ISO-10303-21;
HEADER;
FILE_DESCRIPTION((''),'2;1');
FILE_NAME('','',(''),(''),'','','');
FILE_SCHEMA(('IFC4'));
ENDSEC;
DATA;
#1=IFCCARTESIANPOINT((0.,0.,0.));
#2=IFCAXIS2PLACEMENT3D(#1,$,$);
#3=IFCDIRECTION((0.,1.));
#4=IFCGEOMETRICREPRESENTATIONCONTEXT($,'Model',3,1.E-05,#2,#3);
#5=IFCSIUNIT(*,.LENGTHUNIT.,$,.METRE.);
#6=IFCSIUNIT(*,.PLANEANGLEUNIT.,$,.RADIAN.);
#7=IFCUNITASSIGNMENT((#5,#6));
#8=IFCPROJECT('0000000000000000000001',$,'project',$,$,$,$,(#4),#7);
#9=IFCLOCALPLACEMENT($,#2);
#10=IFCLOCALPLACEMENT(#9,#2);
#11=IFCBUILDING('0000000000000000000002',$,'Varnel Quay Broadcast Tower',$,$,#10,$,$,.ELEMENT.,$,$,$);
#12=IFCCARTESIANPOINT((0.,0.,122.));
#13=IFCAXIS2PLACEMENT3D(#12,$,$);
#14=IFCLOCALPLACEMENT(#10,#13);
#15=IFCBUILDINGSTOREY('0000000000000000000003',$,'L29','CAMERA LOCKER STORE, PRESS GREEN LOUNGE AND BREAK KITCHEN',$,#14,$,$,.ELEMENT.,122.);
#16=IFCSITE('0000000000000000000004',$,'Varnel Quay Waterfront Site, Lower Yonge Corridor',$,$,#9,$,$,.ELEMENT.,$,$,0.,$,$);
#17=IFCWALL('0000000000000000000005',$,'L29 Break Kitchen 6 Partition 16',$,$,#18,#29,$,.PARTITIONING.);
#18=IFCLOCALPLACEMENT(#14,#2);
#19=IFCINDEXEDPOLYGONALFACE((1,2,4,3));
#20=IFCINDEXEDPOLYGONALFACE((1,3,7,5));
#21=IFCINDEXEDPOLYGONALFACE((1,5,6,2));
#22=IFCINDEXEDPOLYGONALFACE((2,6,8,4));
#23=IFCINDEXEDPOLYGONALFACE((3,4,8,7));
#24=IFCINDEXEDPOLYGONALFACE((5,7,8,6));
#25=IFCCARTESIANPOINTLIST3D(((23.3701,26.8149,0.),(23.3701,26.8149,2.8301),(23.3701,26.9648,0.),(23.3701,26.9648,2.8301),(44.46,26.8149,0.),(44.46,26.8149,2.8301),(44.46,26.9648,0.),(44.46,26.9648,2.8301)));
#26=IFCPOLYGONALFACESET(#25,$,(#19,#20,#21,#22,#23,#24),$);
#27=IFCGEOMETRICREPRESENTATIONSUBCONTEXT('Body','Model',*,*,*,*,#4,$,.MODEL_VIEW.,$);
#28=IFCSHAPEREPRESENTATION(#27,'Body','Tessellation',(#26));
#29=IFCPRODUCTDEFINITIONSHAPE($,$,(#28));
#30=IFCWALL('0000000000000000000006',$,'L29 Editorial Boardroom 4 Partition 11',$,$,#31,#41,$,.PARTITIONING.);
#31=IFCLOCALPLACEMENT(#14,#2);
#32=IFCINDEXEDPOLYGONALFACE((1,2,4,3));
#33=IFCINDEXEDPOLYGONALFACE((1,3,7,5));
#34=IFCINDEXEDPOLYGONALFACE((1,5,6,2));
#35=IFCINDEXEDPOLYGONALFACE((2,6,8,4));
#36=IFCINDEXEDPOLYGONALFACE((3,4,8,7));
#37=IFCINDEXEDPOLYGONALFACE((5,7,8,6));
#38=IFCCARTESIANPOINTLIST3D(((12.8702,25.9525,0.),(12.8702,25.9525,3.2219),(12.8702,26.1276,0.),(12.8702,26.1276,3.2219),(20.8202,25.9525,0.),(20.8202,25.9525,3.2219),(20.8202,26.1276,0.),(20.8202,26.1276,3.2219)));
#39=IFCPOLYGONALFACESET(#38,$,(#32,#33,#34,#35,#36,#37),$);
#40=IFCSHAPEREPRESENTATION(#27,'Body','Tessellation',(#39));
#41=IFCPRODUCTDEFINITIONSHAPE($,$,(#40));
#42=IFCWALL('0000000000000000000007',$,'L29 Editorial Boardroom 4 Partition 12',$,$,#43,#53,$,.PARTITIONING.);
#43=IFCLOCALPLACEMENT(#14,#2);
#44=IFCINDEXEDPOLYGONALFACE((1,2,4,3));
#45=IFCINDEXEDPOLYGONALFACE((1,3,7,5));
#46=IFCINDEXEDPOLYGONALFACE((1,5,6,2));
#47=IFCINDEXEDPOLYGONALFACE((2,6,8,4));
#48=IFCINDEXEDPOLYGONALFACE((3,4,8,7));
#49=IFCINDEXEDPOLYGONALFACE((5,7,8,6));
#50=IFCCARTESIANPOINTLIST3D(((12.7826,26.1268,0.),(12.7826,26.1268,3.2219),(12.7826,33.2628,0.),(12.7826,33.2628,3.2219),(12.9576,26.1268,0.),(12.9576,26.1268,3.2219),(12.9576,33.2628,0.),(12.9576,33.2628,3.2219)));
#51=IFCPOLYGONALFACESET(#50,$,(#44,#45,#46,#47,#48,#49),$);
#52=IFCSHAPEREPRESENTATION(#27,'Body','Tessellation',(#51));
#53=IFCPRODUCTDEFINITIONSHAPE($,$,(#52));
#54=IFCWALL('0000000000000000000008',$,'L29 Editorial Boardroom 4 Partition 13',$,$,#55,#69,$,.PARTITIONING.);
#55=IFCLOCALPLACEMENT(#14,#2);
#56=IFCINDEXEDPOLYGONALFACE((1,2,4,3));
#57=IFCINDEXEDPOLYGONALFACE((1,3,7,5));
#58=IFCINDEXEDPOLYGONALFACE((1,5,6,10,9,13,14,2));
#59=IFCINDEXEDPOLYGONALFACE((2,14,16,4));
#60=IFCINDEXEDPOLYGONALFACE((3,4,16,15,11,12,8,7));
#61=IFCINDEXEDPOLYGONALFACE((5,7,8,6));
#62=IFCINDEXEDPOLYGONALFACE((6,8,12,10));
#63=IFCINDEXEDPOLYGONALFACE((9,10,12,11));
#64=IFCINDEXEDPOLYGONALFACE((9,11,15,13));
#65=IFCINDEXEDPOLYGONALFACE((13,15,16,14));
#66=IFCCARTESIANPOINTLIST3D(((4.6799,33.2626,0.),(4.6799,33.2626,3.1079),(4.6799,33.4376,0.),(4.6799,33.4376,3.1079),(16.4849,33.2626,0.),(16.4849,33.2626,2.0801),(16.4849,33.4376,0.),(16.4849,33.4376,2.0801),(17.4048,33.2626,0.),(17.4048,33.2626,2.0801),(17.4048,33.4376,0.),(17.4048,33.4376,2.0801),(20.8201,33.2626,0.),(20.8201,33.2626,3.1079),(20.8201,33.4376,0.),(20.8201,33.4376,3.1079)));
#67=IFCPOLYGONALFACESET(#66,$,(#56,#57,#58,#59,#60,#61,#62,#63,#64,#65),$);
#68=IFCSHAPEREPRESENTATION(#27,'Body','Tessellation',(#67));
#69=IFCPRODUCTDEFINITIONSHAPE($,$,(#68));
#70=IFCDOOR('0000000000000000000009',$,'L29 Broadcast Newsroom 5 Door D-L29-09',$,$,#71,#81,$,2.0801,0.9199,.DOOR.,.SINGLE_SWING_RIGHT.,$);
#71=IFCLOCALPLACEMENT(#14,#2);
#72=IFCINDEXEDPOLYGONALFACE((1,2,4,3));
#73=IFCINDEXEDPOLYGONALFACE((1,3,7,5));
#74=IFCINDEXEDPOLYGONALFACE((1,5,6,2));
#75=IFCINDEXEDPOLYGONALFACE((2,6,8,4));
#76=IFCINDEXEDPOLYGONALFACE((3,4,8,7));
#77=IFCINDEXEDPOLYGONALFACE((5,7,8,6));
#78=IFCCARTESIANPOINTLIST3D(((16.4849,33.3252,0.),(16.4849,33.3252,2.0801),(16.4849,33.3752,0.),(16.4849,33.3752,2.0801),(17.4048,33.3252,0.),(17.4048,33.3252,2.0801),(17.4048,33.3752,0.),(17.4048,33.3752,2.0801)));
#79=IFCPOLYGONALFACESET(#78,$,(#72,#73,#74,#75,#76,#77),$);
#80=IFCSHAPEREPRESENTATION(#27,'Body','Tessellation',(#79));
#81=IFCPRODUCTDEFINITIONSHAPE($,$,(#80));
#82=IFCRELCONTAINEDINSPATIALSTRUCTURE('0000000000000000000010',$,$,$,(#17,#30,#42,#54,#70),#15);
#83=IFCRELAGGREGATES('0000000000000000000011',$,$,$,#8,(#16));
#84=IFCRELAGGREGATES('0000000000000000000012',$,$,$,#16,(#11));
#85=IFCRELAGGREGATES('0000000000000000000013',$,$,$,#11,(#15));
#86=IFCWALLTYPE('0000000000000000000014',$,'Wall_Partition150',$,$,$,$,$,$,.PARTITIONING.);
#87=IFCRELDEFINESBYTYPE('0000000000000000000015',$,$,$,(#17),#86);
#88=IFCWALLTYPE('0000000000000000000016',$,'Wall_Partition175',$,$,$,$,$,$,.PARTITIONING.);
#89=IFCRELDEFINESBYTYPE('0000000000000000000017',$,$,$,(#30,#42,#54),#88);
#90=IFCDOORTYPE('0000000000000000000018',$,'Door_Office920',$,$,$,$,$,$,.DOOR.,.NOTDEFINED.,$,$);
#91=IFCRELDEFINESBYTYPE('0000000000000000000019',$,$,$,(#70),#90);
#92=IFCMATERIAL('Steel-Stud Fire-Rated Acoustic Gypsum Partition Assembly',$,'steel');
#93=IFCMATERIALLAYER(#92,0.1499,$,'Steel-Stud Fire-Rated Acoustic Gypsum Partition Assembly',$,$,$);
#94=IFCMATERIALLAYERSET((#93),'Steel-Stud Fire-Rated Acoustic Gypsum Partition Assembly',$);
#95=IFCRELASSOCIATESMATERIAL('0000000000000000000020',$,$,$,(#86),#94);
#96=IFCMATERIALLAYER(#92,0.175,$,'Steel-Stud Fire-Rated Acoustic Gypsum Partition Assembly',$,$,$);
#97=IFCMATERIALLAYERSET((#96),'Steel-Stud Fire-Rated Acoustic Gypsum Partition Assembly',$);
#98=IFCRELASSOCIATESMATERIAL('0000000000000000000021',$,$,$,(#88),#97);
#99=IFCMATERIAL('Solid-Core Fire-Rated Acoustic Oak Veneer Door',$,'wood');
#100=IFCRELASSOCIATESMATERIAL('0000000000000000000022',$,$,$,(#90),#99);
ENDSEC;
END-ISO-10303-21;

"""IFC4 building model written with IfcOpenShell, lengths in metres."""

from ifc_helpers import new_model, si_unit, direction, frame, frame_2d, origin, place, context, subcontext, project, spatial, rectangle, extrude, source, transform, mapped, material, layer, layer_set, type_object, type_shapes, element, fill, save


model = new_model("IFC4")

# Units and contexts
model_context = context("Model", 3, precision=1e-05, world=origin(), true_north=direction((0.0, 1.0)))
body_context = subcontext(model_context, "Body", "Model", "MODEL_VIEW")
ifc_project = project(units=[si_unit("LENGTHUNIT", "METRE"), si_unit("PLANEANGLEUNIT", "RADIAN")], contexts=[model_context])

# Site, building, storey
site_placement = place(None, origin())
site = spatial("IfcSite", under=ifc_project, at=site_placement, Name="Varnel Quay Waterfront Site, Lower Yonge Corridor", CompositionType="ELEMENT", RefElevation=0.0)
building_placement = place(site_placement, origin())
building = spatial("IfcBuilding", under=site, at=building_placement, Name="Varnel Quay Broadcast Tower", CompositionType="ELEMENT")
storey_placement = place(building_placement, frame((0.0, 0.0, 122.0)))
storey = spatial("IfcBuildingStorey", under=building, at=storey_placement, Name="L29", Description="CAMERA LOCKER STORE, PRESS GREEN LOUNGE AND BREAK KITCHEN", CompositionType="ELEMENT", Elevation=122.0)

# Shared definitions
ifc_material_1 = material(Name="Steel-Stud Fire-Rated Acoustic Gypsum Partition Assembly", Category="steel")
ifc_material_2 = material(Name="Solid-Core Fire-Rated Acoustic Oak Veneer Door", Category="wood")

# Walls
ifc_layer_1 = layer(ifc_material_1, 0.1499, Name="Steel-Stud Fire-Rated Acoustic Gypsum Partition Assembly")
ifc_layer_set_1 = layer_set([ifc_layer_1], Name="Steel-Stud Fire-Rated Acoustic Gypsum Partition Assembly")
wall_type_1 = type_object("IfcWallType", Name="Wall_Partition150", PredefinedType="PARTITIONING", material=ifc_layer_set_1)
wall_1_placement = place(storey_placement, frame((23.3701, 26.8899, 0.0), z_axis=(0.0, 0.0, 1.0), x_axis=(1.0, 0.0, 0.0)))
element("IfcWall", 1, at=wall_1_placement, inside=storey, type_object=wall_type_1, Name="L29 Break Kitchen 6 Partition 16", PredefinedType="PARTITIONING", context=body_context, shape_type="SweptSolid", body=[
    extrude(rectangle(XDim=21.0898, YDim=0.1499, at=frame_2d((10.5449, 0.0))), origin(), (0.0, 0.0, 1.0), 2.8301),
])
ifc_layer_2 = layer(ifc_material_1, 0.175, Name="Steel-Stud Fire-Rated Acoustic Gypsum Partition Assembly")
ifc_layer_set_2 = layer_set([ifc_layer_2], Name="Steel-Stud Fire-Rated Acoustic Gypsum Partition Assembly")
wall_type_2 = type_object("IfcWallType", Name="Wall_Partition175", PredefinedType="PARTITIONING", material=ifc_layer_set_2)
wall_2_placement = place(storey_placement, frame((12.8701, 26.04, 0.0), z_axis=(0.0, 0.0, 1.0), x_axis=(1.0, 0.0, 0.0)))
element("IfcWall", 2, at=wall_2_placement, inside=storey, type_object=wall_type_2, Name="L29 Editorial Boardroom 4 Partition 11", PredefinedType="PARTITIONING", context=body_context, shape_type="SweptSolid", body=[
    extrude(rectangle(XDim=7.95, YDim=0.175, at=frame_2d((3.9751, 0.0))), origin(), (0.0, 0.0, 1.0), 3.2219),
])
wall_3_placement = place(storey_placement, frame((12.8701, 26.127, 0.0), z_axis=(0.0, 0.0, 1.0), x_axis=(0.0, 1.0, 0.0)))
element("IfcWall", 3, at=wall_3_placement, inside=storey, type_object=wall_type_2, Name="L29 Editorial Boardroom 4 Partition 12", PredefinedType="PARTITIONING", context=body_context, shape_type="SweptSolid", body=[
    extrude(rectangle(XDim=7.136, YDim=0.175, at=frame_2d((3.5679, 0.0))), origin(), (0.0, 0.0, 1.0), 3.2219),
])

# Wall, opening, door
wall_4_placement = place(storey_placement, frame((4.6799, 33.3501, 0.0), z_axis=(0.0, 0.0, 1.0), x_axis=(1.0, 0.0, 0.0)))
wall_4 = element("IfcWall", 4, at=wall_4_placement, inside=storey, type_object=wall_type_2, Name="L29 Editorial Boardroom 4 Partition 13", PredefinedType="PARTITIONING", context=body_context, shape_type="SweptSolid", body=[
    extrude(rectangle(XDim=16.1401, YDim=0.175, at=frame_2d((8.0701, 0.0))), origin(), (0.0, 0.0, 1.0), 3.1079),
])
opening_1_placement = place(wall_4_placement, frame((11.8049, 0.0, 0.0)))
opening_1 = element("IfcOpeningElement", 5, at=opening_1_placement, cuts=wall_4, PredefinedType="OPENING", context=body_context, shape_type="SweptSolid", body=[
    extrude(rectangle(XDim=0.9199, YDim=2.0801, at=frame_2d((0.46, 1.04))), frame((0.0, 0.0977, 0.0), z_axis=(0.0, -1.0, 0.0), x_axis=(1.0, 0.0, 0.0)), (0.0, 0.0, 1.0), 0.1951),
])
door_type_1 = type_object("IfcDoorType", Name="Door_Office920", OperationType="NOTDEFINED", PredefinedType="DOOR", material=ifc_material_2)
shared_shape_1 = source(origin(), body_context, "Body", "SweptSolid", [
    extrude(rectangle(XDim=0.9199, YDim=2.0801, at=frame_2d((0.46, 1.04))), frame((0.0, 0.0249, 0.0), z_axis=(0.0, -1.0, 0.0), x_axis=(1.0, 0.0, 0.0)), (0.0, 0.0, 1.0), 0.05),
])
type_shapes(door_type_1, [shared_shape_1])
door_1_placement = place(opening_1_placement, frame((0.9199, 0.0, 0.0), z_axis=(0.0, 0.0, 1.0), x_axis=(-1.0, 0.0, 0.0)))
door_1 = element("IfcDoor", 6, at=door_1_placement, inside=storey, type_object=door_type_1, Name="L29 Broadcast Newsroom 5 Door D-L29-09", OperationType="SINGLE_SWING_RIGHT", OverallHeight=2.0801, OverallWidth=0.9199, PredefinedType="DOOR", context=body_context, shape_type="MappedRepresentation", body=[
    mapped(shared_shape_1, transform((0.0, 0.0, 0.0), x_axis=(1.0, 0.0, 0.0), y_axis=(0.0, 1.0, 0.0), z_axis=(0.0, 0.0, 1.0), scale=1.0)),
])
fill(opening_1, door_1)

save(model, "model.ifc")
